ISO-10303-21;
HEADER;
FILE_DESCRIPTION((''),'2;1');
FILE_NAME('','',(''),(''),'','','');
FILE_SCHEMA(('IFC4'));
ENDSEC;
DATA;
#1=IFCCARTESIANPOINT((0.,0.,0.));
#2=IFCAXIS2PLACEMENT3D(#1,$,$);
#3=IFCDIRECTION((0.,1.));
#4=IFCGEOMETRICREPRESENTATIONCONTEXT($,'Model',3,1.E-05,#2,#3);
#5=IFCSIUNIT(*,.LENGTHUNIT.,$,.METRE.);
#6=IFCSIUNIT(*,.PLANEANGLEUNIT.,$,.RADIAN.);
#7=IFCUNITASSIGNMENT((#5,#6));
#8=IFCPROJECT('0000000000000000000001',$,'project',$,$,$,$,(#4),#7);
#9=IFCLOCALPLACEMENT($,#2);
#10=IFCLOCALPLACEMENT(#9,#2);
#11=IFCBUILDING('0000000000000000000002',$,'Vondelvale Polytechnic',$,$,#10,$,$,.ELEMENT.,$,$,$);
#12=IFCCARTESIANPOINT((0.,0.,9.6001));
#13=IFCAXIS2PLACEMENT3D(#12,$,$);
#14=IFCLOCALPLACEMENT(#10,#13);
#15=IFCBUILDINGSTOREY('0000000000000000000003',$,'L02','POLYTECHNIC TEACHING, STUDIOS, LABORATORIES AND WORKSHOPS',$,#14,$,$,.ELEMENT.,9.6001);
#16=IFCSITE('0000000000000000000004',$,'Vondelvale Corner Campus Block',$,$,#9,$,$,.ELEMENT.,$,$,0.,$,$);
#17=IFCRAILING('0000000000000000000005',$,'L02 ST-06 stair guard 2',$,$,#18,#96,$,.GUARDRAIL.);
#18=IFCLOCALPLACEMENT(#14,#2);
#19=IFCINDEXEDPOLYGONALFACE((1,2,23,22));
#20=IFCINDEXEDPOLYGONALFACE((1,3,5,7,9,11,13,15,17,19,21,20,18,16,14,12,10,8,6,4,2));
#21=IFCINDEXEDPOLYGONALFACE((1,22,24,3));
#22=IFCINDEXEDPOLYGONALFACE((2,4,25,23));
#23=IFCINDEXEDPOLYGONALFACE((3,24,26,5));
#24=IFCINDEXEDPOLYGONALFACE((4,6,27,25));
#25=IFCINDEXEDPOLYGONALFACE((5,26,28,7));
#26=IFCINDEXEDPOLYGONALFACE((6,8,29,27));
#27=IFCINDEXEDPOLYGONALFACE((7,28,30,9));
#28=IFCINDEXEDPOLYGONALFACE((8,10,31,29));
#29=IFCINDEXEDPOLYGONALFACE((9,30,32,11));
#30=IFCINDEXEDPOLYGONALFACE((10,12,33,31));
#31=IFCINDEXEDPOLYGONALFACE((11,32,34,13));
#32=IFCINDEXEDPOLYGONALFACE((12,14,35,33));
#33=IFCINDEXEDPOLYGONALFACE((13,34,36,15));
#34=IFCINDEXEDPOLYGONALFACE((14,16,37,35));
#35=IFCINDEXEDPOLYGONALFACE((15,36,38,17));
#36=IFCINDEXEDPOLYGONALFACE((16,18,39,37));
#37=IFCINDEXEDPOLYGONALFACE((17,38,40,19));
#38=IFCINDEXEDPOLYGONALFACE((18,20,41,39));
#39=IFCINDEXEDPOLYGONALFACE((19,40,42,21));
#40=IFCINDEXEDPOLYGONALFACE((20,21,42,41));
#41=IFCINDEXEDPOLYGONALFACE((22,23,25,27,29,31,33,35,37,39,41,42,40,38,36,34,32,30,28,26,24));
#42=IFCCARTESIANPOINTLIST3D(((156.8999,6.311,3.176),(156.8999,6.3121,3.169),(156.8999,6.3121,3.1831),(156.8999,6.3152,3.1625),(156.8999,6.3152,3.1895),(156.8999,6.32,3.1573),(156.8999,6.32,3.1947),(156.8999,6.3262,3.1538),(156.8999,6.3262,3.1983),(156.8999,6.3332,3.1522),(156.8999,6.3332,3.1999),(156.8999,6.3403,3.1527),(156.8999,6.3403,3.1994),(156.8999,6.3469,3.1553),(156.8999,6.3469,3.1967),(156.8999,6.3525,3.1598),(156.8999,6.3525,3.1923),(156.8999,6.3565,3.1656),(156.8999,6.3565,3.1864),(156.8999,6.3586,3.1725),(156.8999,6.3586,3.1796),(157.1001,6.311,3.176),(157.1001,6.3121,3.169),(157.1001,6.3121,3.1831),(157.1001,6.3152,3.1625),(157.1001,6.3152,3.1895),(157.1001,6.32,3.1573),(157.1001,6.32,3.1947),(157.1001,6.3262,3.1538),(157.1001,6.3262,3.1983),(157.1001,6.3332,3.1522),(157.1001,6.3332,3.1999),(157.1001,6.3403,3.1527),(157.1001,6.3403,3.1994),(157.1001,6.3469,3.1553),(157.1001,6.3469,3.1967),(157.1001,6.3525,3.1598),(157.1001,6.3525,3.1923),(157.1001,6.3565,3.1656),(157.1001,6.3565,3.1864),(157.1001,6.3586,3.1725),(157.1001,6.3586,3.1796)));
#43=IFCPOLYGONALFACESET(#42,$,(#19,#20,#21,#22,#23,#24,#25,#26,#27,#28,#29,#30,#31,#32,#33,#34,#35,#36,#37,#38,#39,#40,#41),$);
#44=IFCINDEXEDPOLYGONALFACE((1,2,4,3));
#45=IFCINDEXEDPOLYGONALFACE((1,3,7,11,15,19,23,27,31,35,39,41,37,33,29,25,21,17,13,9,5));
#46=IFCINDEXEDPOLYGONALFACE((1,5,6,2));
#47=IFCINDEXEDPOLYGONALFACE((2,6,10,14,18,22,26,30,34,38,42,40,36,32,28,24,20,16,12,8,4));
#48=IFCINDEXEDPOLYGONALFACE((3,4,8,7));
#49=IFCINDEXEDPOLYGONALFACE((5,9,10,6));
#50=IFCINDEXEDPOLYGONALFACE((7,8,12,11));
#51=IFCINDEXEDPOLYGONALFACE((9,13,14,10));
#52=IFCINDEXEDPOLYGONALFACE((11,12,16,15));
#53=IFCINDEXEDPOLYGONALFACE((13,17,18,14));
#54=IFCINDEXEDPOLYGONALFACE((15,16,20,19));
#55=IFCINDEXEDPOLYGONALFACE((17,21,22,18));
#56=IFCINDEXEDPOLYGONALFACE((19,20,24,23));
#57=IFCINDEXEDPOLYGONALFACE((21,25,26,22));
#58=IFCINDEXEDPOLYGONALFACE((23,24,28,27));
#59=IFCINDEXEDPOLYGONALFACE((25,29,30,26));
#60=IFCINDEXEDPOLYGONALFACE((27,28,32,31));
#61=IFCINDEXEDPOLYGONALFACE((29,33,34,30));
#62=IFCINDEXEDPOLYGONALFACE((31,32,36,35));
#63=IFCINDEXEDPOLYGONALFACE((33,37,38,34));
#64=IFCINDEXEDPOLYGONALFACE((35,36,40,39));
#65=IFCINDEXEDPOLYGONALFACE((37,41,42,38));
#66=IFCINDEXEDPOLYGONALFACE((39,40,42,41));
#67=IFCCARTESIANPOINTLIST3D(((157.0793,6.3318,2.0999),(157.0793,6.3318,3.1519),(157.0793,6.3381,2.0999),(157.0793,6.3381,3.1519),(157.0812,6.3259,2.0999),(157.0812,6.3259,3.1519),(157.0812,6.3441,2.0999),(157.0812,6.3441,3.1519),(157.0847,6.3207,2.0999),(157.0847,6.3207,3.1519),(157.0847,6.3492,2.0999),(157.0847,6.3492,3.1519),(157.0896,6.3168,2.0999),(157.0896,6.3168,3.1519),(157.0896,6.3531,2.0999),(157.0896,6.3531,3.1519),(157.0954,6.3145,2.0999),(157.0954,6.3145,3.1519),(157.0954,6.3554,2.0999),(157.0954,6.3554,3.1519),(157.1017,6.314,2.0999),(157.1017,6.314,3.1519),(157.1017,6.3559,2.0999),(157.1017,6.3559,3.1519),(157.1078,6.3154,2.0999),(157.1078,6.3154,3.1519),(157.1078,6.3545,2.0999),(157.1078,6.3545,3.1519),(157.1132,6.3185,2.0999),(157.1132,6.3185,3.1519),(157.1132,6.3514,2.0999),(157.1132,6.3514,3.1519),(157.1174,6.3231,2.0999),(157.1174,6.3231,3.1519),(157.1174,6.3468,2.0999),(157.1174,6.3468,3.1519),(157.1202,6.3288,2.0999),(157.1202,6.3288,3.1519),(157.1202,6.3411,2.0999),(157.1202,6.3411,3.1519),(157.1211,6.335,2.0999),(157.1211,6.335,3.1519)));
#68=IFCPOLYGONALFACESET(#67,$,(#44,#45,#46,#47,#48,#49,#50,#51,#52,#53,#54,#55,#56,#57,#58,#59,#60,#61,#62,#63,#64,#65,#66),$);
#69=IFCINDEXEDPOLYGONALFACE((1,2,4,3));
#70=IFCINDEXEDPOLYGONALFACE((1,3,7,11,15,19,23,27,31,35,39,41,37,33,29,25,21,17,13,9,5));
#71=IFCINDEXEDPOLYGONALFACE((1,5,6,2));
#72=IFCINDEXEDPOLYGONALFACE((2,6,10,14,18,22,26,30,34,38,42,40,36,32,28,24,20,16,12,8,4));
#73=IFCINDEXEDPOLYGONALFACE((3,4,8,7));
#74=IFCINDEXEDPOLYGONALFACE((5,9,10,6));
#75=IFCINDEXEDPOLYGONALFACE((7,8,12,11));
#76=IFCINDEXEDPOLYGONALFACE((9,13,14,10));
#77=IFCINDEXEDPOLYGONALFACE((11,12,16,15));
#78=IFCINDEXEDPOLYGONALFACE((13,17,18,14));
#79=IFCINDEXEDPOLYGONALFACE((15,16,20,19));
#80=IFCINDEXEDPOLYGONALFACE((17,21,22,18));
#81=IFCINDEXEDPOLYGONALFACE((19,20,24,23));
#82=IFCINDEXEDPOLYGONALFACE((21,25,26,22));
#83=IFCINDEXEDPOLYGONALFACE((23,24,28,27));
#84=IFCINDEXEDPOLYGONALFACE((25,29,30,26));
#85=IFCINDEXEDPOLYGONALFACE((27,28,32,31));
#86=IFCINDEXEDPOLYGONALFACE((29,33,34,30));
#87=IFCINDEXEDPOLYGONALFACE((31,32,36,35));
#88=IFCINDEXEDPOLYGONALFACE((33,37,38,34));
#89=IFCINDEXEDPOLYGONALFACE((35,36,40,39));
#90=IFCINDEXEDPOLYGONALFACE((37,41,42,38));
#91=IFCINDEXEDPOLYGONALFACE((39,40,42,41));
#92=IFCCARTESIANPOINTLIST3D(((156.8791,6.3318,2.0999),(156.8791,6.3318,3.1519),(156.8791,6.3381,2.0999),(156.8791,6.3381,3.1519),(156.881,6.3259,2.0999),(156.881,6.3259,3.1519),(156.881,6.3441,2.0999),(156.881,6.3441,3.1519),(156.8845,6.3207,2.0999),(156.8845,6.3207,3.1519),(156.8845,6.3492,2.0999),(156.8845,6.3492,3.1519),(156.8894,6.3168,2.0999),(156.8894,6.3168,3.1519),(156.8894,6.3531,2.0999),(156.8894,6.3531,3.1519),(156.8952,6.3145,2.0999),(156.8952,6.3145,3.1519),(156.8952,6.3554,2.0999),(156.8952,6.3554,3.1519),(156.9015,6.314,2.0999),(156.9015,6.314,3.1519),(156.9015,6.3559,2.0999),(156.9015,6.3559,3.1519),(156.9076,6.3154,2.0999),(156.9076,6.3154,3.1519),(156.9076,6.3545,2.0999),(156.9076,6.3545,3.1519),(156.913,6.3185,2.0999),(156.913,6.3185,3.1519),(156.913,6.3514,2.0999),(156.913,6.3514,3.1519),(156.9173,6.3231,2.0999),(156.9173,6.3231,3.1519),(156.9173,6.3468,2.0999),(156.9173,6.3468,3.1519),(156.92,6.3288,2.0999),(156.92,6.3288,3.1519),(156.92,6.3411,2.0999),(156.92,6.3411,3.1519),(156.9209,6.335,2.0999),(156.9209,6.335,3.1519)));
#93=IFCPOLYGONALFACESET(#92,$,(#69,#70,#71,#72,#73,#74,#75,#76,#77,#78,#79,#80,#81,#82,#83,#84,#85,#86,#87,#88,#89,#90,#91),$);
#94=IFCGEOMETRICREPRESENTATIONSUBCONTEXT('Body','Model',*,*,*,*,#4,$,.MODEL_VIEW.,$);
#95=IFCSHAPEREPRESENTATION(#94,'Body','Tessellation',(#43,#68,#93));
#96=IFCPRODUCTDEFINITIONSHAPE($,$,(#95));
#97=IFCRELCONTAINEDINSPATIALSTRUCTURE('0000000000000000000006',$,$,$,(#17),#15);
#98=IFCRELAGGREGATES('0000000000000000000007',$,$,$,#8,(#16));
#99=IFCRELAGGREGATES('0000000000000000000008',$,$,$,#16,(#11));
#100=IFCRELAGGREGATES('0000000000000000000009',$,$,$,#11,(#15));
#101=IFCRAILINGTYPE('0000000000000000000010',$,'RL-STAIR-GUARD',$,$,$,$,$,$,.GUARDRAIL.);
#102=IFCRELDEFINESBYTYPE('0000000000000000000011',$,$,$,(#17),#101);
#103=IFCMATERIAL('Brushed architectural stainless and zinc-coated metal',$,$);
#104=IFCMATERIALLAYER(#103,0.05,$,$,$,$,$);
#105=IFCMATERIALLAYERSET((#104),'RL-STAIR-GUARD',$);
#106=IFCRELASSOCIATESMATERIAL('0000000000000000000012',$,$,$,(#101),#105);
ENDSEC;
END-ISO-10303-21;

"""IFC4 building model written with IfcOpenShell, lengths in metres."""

from ifc_helpers import new_model, si_unit, direction, frame, origin, origin_2d, place, context, subcontext, project, spatial, circle, extrude, material, layer, layer_set, type_object, element, save


model = new_model("IFC4")

# Units and contexts
model_context = context("Model", 3, precision=1e-05, world=origin(), true_north=direction((0.0, 1.0)))
body_context = subcontext(model_context, "Body", "Model", "MODEL_VIEW")
ifc_project = project(units=[si_unit("LENGTHUNIT", "METRE"), si_unit("PLANEANGLEUNIT", "RADIAN")], contexts=[model_context])

# Site, building, storey
site_placement = place(None, origin())
site = spatial("IfcSite", under=ifc_project, at=site_placement, Name="Vondelvale Corner Campus Block", CompositionType="ELEMENT", RefElevation=0.0)
building_placement = place(site_placement, origin())
building = spatial("IfcBuilding", under=site, at=building_placement, Name="Vondelvale Polytechnic", CompositionType="ELEMENT")
storey_placement = place(building_placement, frame((0.0, 0.0, 9.6001)))
storey = spatial("IfcBuildingStorey", under=building, at=storey_placement, Name="L02", Description="POLYTECHNIC TEACHING, STUDIOS, LABORATORIES AND WORKSHOPS", CompositionType="ELEMENT", Elevation=9.6001)

# Railing
ifc_material_1 = material(Name="Brushed architectural stainless and zinc-coated metal")
ifc_layer_1 = layer(ifc_material_1, 0.05)
ifc_layer_set_1 = layer_set([ifc_layer_1], Name="RL-STAIR-GUARD")
railing_type_1 = type_object("IfcRailingType", Name="RL-STAIR-GUARD", PredefinedType="GUARDRAIL", material=ifc_layer_set_1)
railing_1_placement = place(storey_placement, frame((157.1001, 6.335, 2.0999)))
element("IfcRailing", 1, at=railing_1_placement, inside=storey, type_object=railing_type_1, Name="L02 ST-06 stair guard 2", PredefinedType="GUARDRAIL", context=body_context, shape_type="SweptSolid", body=[
    extrude(circle(Radius=0.0239, at=origin_2d()), frame((0.0, 0.0, 1.0762), z_axis=(-1.0, 0.0, 0.0), x_axis=(0.0, -1.0, 0.0)), (0.0, 0.0, 1.0), 0.2002),
    extrude(circle(Radius=0.021, at=origin_2d()), origin(), (0.0, 0.0, 1.0), 1.052),
    extrude(circle(Radius=0.021, at=origin_2d()), frame((-0.2002, 0.0, 0.0)), (0.0, 0.0, 1.0), 1.052),
])

save(model, "model.ifc")
